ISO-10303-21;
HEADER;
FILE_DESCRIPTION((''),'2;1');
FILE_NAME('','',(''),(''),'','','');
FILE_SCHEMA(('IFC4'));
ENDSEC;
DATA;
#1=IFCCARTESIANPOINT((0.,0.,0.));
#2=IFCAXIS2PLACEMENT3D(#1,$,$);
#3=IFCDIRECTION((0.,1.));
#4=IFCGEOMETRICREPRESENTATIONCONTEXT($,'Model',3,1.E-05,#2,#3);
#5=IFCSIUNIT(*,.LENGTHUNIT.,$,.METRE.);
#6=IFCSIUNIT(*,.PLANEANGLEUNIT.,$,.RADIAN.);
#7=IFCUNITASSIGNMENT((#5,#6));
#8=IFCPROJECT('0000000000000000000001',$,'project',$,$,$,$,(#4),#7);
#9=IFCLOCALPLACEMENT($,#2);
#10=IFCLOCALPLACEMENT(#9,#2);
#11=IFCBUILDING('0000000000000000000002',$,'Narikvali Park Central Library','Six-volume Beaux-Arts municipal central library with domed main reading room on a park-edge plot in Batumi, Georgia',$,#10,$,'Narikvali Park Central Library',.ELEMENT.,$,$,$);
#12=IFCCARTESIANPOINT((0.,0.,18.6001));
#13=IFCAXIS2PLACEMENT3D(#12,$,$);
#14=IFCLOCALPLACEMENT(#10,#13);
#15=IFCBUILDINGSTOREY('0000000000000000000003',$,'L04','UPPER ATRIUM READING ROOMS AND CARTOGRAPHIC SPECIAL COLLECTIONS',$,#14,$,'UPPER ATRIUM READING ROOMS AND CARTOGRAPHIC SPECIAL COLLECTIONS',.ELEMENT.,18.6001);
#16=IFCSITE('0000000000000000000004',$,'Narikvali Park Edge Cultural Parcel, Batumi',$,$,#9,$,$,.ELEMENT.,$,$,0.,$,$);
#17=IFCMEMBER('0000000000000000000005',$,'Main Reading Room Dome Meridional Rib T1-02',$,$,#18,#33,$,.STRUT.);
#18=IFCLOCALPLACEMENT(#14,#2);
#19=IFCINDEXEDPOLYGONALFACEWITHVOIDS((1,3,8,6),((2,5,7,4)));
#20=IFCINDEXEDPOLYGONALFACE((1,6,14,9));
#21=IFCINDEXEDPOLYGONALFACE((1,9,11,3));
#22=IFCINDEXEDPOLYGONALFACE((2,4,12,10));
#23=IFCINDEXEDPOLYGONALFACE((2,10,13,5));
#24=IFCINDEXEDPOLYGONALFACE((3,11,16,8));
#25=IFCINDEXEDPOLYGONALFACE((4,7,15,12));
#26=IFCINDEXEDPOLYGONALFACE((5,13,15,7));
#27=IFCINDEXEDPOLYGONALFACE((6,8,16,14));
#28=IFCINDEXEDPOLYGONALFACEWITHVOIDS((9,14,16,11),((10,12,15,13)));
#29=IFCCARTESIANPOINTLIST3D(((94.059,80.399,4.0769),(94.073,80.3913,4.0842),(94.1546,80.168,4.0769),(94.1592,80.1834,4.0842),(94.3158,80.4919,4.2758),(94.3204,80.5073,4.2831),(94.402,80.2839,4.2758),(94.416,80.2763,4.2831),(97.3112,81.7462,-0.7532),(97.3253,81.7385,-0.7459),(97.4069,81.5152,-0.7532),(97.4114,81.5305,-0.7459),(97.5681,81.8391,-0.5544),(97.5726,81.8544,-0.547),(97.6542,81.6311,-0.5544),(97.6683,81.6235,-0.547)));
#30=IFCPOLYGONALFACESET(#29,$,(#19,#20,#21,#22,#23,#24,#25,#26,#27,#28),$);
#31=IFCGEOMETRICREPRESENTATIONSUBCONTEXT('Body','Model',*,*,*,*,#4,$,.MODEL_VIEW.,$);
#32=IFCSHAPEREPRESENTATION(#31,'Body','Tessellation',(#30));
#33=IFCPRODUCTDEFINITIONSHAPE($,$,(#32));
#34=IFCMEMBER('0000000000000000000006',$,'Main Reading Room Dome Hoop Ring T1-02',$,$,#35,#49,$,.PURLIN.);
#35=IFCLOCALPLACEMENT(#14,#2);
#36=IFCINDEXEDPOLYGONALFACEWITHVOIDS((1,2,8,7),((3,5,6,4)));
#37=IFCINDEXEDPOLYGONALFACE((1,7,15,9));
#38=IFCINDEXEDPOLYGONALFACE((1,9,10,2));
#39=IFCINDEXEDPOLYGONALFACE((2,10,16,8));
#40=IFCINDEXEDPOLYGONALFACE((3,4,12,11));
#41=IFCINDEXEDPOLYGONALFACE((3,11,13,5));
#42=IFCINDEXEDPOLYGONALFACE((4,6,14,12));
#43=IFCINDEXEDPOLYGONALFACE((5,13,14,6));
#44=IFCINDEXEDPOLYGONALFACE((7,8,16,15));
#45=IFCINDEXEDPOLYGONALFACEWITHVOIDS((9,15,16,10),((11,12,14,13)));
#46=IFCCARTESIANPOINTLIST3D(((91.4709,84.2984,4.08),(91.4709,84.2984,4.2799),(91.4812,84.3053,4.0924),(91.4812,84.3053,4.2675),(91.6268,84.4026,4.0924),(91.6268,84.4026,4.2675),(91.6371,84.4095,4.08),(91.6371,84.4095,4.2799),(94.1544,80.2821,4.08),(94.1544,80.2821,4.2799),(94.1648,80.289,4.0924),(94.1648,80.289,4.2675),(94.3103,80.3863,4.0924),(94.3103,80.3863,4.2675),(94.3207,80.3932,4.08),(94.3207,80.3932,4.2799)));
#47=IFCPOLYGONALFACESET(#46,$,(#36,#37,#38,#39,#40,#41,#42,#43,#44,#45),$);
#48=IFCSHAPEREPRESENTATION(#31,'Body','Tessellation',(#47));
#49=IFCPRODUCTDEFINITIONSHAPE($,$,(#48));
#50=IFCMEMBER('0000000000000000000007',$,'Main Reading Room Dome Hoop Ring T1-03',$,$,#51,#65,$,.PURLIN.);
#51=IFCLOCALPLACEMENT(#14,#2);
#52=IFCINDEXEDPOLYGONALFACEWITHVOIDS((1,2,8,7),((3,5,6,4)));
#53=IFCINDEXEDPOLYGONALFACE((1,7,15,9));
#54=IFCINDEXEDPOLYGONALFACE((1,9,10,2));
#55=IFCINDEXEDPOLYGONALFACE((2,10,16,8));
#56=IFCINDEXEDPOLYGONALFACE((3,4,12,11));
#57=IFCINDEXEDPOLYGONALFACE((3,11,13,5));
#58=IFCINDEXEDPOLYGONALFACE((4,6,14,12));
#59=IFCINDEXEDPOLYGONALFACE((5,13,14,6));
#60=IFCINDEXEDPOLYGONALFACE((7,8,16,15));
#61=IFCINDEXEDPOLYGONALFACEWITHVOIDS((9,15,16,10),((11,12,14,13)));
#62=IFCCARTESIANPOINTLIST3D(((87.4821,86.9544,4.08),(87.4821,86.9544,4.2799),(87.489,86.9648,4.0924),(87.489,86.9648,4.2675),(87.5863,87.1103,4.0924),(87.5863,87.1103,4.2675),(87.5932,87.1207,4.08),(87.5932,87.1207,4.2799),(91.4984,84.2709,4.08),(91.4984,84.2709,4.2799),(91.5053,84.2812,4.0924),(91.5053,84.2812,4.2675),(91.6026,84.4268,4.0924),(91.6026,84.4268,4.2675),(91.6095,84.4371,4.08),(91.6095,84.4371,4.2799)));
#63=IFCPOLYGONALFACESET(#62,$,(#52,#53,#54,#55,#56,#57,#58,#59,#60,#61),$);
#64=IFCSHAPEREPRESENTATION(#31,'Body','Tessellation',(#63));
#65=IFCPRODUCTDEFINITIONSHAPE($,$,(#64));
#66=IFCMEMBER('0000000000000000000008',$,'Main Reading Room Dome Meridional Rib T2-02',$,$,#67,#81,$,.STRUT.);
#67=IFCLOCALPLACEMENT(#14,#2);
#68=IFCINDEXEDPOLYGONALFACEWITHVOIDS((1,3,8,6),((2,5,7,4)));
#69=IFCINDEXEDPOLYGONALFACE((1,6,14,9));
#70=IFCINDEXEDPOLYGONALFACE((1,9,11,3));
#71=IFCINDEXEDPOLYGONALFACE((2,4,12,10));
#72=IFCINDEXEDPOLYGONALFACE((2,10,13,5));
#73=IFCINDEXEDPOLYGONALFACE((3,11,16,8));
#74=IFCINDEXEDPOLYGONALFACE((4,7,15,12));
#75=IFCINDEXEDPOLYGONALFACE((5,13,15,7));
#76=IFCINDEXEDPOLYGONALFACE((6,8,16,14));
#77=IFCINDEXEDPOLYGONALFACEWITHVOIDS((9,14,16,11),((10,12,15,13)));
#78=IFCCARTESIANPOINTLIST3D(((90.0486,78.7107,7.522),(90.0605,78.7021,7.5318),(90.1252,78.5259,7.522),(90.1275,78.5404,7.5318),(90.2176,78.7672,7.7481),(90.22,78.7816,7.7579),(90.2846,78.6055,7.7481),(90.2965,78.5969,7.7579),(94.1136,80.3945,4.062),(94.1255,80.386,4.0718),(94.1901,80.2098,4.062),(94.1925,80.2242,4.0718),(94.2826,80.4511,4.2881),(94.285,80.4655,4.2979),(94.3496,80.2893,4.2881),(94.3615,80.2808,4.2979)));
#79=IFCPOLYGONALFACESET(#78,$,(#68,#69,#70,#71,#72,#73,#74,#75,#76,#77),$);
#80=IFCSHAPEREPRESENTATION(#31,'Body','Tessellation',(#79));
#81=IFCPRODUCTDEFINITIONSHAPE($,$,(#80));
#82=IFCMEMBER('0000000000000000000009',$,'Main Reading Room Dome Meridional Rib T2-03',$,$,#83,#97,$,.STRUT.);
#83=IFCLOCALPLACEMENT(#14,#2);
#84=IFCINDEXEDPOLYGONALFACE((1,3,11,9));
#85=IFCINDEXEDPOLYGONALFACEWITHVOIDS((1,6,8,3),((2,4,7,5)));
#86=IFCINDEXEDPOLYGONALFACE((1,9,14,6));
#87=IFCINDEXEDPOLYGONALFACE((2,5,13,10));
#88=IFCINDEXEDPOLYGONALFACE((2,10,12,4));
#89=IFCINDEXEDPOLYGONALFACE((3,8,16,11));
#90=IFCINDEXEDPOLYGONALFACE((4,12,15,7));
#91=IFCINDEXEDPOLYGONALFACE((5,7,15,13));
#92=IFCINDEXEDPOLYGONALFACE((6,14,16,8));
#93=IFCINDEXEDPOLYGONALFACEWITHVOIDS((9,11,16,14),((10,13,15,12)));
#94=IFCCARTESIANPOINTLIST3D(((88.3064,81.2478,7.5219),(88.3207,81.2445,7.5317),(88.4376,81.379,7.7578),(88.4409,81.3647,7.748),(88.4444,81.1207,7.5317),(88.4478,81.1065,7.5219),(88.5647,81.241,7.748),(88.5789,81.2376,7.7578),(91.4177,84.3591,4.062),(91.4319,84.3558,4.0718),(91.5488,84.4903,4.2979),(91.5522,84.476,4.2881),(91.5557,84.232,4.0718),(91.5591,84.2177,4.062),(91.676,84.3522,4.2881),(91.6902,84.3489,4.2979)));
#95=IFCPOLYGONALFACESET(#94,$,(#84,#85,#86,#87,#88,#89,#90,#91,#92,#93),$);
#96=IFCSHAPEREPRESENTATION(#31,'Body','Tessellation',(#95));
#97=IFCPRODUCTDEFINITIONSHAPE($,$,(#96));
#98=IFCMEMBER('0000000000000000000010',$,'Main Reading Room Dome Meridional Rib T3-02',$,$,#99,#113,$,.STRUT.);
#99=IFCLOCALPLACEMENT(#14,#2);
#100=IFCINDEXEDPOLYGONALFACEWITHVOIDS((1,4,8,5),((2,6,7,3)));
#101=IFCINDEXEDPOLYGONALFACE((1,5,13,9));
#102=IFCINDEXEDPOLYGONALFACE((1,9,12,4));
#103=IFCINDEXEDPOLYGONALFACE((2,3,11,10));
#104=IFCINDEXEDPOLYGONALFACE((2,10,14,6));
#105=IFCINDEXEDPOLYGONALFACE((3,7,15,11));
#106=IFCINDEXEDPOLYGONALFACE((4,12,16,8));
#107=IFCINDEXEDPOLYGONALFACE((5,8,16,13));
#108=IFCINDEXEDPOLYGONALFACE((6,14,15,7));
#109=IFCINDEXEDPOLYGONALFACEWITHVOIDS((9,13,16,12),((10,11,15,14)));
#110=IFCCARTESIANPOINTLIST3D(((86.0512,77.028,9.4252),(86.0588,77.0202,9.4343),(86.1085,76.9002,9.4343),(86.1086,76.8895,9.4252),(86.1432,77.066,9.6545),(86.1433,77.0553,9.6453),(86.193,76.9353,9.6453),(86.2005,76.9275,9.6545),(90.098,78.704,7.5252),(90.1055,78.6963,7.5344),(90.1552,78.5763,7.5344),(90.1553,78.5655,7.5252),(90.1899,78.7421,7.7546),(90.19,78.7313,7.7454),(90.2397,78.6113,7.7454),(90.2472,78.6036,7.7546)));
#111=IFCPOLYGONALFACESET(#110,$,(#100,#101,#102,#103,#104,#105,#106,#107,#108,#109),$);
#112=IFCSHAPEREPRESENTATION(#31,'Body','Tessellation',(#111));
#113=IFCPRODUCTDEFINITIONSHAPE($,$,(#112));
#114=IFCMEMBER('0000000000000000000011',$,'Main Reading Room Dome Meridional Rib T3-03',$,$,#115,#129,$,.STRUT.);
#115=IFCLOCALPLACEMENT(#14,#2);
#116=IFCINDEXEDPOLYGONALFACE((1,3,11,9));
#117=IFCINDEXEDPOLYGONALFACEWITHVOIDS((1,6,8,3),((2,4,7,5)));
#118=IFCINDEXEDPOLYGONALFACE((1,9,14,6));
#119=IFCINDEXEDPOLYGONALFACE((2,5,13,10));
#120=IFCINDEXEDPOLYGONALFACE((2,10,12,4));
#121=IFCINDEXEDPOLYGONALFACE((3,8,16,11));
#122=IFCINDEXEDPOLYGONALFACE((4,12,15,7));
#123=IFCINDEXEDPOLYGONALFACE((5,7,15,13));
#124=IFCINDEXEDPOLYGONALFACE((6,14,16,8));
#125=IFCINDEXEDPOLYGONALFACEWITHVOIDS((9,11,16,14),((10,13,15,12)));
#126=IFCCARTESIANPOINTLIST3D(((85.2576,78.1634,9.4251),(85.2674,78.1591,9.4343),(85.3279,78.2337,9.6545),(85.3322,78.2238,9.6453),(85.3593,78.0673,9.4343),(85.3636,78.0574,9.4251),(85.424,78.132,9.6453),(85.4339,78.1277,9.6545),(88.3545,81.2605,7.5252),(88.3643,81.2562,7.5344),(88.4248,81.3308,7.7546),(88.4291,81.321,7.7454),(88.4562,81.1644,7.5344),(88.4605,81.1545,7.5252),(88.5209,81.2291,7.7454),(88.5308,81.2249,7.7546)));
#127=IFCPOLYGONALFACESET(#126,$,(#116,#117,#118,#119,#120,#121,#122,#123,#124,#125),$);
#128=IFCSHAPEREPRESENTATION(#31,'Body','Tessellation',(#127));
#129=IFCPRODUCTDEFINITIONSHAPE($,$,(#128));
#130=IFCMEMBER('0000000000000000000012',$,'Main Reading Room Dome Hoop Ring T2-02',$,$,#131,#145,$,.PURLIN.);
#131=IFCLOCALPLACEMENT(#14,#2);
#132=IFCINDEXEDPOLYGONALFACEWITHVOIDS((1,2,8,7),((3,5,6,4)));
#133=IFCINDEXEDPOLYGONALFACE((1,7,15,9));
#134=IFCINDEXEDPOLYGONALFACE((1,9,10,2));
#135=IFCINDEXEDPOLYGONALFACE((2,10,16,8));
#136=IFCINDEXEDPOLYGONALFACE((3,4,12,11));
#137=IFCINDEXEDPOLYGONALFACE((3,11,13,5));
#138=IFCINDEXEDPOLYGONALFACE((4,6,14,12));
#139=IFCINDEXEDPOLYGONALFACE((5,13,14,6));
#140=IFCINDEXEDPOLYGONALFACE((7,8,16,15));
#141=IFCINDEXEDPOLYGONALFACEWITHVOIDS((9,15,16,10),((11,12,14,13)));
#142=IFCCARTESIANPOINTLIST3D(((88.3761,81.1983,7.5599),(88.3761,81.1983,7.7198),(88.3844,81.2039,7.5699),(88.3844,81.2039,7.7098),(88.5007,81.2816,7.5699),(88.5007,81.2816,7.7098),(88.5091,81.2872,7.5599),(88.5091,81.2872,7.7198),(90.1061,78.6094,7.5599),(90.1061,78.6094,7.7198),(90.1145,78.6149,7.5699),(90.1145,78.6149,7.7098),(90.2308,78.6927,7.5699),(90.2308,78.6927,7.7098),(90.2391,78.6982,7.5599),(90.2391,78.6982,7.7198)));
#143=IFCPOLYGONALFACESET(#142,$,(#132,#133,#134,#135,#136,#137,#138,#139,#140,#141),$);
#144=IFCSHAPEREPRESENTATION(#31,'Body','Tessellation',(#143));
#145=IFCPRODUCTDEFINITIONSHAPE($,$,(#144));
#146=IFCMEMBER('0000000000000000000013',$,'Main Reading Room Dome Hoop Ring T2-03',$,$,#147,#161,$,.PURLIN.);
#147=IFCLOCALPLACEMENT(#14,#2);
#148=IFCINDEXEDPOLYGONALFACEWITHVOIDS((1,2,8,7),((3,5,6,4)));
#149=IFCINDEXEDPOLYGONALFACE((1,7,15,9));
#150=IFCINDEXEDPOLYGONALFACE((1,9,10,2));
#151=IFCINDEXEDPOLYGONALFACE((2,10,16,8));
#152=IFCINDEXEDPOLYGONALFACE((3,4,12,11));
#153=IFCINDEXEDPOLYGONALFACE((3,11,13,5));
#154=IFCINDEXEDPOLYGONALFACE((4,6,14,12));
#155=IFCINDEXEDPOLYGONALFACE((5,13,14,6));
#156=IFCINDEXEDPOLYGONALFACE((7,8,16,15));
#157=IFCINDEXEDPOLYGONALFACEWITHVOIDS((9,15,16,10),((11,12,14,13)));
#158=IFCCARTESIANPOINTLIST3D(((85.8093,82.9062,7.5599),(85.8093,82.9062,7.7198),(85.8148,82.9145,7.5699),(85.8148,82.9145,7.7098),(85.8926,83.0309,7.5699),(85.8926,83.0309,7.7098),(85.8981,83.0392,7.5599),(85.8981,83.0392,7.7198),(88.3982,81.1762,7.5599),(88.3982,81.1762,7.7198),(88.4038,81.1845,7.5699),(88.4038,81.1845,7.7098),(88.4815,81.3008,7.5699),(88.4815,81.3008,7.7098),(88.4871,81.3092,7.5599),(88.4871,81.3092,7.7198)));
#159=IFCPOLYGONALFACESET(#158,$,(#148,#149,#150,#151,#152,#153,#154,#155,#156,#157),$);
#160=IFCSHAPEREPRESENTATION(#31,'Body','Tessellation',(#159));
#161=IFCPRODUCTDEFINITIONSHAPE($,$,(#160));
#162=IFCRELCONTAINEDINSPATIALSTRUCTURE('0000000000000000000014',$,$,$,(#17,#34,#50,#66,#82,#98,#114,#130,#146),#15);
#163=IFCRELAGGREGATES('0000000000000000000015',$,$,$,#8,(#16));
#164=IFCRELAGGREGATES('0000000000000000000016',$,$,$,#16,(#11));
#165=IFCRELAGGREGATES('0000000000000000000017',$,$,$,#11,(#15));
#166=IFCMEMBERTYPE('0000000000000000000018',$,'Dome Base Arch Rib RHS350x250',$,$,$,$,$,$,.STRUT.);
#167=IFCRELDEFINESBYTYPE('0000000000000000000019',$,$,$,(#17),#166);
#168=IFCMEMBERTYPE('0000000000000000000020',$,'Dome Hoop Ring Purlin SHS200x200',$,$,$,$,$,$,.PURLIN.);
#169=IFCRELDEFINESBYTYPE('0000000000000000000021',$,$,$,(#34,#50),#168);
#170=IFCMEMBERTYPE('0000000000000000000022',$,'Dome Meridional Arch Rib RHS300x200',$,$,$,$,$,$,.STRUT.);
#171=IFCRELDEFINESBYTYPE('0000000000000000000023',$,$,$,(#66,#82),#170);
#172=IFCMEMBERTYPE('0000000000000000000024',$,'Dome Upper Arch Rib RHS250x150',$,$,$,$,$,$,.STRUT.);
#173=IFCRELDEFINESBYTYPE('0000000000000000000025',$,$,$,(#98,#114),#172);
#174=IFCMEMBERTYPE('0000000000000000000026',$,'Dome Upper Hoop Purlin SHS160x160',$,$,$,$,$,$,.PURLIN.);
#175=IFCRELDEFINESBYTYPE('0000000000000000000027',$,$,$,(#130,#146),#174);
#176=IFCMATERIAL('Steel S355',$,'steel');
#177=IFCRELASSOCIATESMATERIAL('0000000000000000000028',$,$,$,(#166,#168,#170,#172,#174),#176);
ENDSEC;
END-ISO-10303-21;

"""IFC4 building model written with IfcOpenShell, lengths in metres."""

from ifc_helpers import new_model, si_unit, direction, frame, origin, origin_2d, place, context, subcontext, project, spatial, hollow_rectangle, extrude, material, material_profile, profile_set, type_object, element, save


model = new_model("IFC4")

# Units and contexts
model_context = context("Model", 3, precision=1e-05, world=origin(), true_north=direction((0.0, 1.0)))
body_context = subcontext(model_context, "Body", "Model", "MODEL_VIEW")
ifc_project = project(units=[si_unit("LENGTHUNIT", "METRE"), si_unit("PLANEANGLEUNIT", "RADIAN")], contexts=[model_context])

# Site, building, storey
site_placement = place(None, origin())
site = spatial("IfcSite", under=ifc_project, at=site_placement, Name="Narikvali Park Edge Cultural Parcel, Batumi", CompositionType="ELEMENT", RefElevation=0.0)
building_placement = place(site_placement, origin())
building = spatial("IfcBuilding", under=site, at=building_placement, Name="Narikvali Park Central Library", Description="Six-volume Beaux-Arts municipal central library with domed main reading room on a park-edge plot in Batumi, Georgia", LongName="Narikvali Park Central Library", CompositionType="ELEMENT")
storey_placement = place(building_placement, frame((0.0, 0.0, 18.6001)))
storey = spatial("IfcBuildingStorey", under=building, at=storey_placement, Name="L04", Description="UPPER ATRIUM READING ROOMS AND CARTOGRAPHIC SPECIAL COLLECTIONS", LongName="UPPER ATRIUM READING ROOMS AND CARTOGRAPHIC SPECIAL COLLECTIONS", CompositionType="ELEMENT", Elevation=18.6001)

# Shared definitions
ifc_material_1 = material(Name="Steel S355", Category="steel")

# Members
ifc_material_profile_1 = material_profile(ifc_material_1, hollow_rectangle(XDim=0.25, YDim=0.3501, WallThickness=0.0125, at=origin_2d()), Name="RHS 350x250x12.5")
ifc_profile_set_1 = profile_set([ifc_material_profile_1], Name="Steel S355")
member_type_1 = type_object("IfcMemberType", Name="Dome Base Arch Rib RHS350x250", PredefinedType="STRUT", material=ifc_profile_set_1)
member_1_placement = place(storey_placement, frame((97.4897, 81.6848, -0.6501), z_axis=(-0.544143, -0.225402, 0.808147), x_axis=(0.382699, -0.923873, 0.0)))
element("IfcMember", 1, at=member_1_placement, inside=storey, type_object=member_type_1, Name="Main Reading Room Dome Meridional Rib T1-02", PredefinedType="STRUT", context=body_context, shape_type="SweptSolid", body=[
    extrude(hollow_rectangle(XDim=0.25, YDim=0.3501, WallThickness=0.0125, at=origin_2d()), origin(), (0.0, 0.0, 1.0), 5.9768),
])
ifc_material_profile_2 = material_profile(ifc_material_1, hollow_rectangle(XDim=0.2, YDim=0.2, WallThickness=0.0125, at=origin_2d()), Name="SHS 200x200x12.5")
ifc_profile_set_2 = profile_set([ifc_material_profile_2], Name="Steel S355")
member_type_2 = type_object("IfcMemberType", Name="Dome Hoop Ring Purlin SHS200x200", PredefinedType="PURLIN", material=ifc_profile_set_2)
for number, where, z_axis, x_axis, name in (
    (2, (94.2375, 80.3376, 4.1799), (-0.555563, 0.831474, 0.0), (-0.831474, -0.555563, 0.0), "Main Reading Room Dome Hoop Ring T1-02"),
    (3, (91.554, 84.354, 4.1799), (-0.831474, 0.555563, 0.0), (-0.555563, -0.831474, 0.0), "Main Reading Room Dome Hoop Ring T1-03"),
):
    element("IfcMember", number, at=place(storey_placement, frame(where, z_axis=z_axis, x_axis=x_axis)), inside=storey, type_object=member_type_2, Name=name, PredefinedType="PURLIN", context=body_context, shape_type="SweptSolid", body=[
        extrude(hollow_rectangle(XDim=0.2, YDim=0.2, WallThickness=0.0125, at=origin_2d()), origin(), (0.0, 0.0, 1.0), 4.8303),
    ])
ifc_material_profile_3 = material_profile(ifc_material_1, hollow_rectangle(XDim=0.2, YDim=0.3, WallThickness=0.0125, at=origin_2d()), Name="RHS 300x200x12.5")
ifc_profile_set_3 = profile_set([ifc_material_profile_3], Name="Steel S355")
member_type_3 = type_object("IfcMemberType", Name="Dome Meridional Arch Rib RHS300x200", PredefinedType="STRUT", material=ifc_profile_set_3)
for number, where, z_axis, x_axis, name in (
    (4, (94.2375, 80.3376, 4.1799), (-0.726225, -0.300827, 0.618142), (0.3827, -0.923873, 0.0), "Main Reading Room Dome Meridional Rib T2-02"),
    (5, (91.554, 84.354, 4.1799), (-0.555842, -0.555842, 0.618126), (0.707107, -0.707107, 0.0), "Main Reading Room Dome Meridional Rib T2-03"),
):
    element("IfcMember", number, at=place(storey_placement, frame(where, z_axis=z_axis, x_axis=x_axis)), inside=storey, type_object=member_type_3, Name=name, PredefinedType="STRUT", context=body_context, shape_type="SweptSolid", body=[
        extrude(hollow_rectangle(XDim=0.2, YDim=0.3, WallThickness=0.0125, at=origin_2d()), origin(), (0.0, 0.0, 1.0), 5.5974),
    ])
ifc_material_profile_4 = material_profile(ifc_material_1, hollow_rectangle(XDim=0.1499, YDim=0.25, WallThickness=0.01, at=origin_2d()), Name="RHS 250x150x10")
ifc_profile_set_4 = profile_set([ifc_material_profile_4], Name="Steel S355")
member_type_4 = type_object("IfcMemberType", Name="Dome Upper Arch Rib RHS250x150", PredefinedType="STRUT", material=ifc_profile_set_4)
member_2_placement = place(storey_placement, frame((90.1726, 78.6538, 7.6399), z_axis=(-0.847587, -0.351052, 0.397944), x_axis=(0.382655, -0.923891, 0.0)))
element("IfcMember", 6, at=member_2_placement, inside=storey, type_object=member_type_4, Name="Main Reading Room Dome Meridional Rib T3-02", PredefinedType="STRUT", context=body_context, shape_type="SweptSolid", body=[
    extrude(hollow_rectangle(XDim=0.1499, YDim=0.25, WallThickness=0.01, at=origin_2d()), origin(), (0.0, 0.0, 1.0), 4.7744),
])
member_3_placement = place(storey_placement, frame((88.4426, 81.2427, 7.6399), z_axis=(-0.648679, -0.64873, 0.397952), x_axis=(0.707135, -0.707079, 0.0)))
element("IfcMember", 7, at=member_3_placement, inside=storey, type_object=member_type_4, Name="Main Reading Room Dome Meridional Rib T3-03", PredefinedType="STRUT", context=body_context, shape_type="SweptSolid", body=[
    extrude(hollow_rectangle(XDim=0.1499, YDim=0.25, WallThickness=0.01, at=origin_2d()), origin(), (0.0, 0.0, 1.0), 4.7742),
])
ifc_material_profile_5 = material_profile(ifc_material_1, hollow_rectangle(XDim=0.1599, YDim=0.1599, WallThickness=0.01, at=origin_2d()), Name="SHS 160x160x10")
ifc_profile_set_5 = profile_set([ifc_material_profile_5], Name="Steel S355")
member_type_5 = type_object("IfcMemberType", Name="Dome Upper Hoop Purlin SHS160x160", PredefinedType="PURLIN", material=ifc_profile_set_5)
for number, where, z_axis, x_axis, name in (
    (8, (90.1726, 78.6538, 7.6399), (-0.555605, 0.831447, 0.0), (-0.831447, -0.555605, 0.0), "Main Reading Room Dome Hoop Ring T2-02"),
    (9, (88.4426, 81.2427, 7.6399), (-0.831447, 0.555605, 0.0), (-0.555605, -0.831447, 0.0), "Main Reading Room Dome Hoop Ring T2-03"),
):
    element("IfcMember", number, at=place(storey_placement, frame(where, z_axis=z_axis, x_axis=x_axis)), inside=storey, type_object=member_type_5, Name=name, PredefinedType="PURLIN", context=body_context, shape_type="SweptSolid", body=[
        extrude(hollow_rectangle(XDim=0.1599, YDim=0.1599, WallThickness=0.01, at=origin_2d()), origin(), (0.0, 0.0, 1.0), 3.1138),
    ])

save(model, "model.ifc")
